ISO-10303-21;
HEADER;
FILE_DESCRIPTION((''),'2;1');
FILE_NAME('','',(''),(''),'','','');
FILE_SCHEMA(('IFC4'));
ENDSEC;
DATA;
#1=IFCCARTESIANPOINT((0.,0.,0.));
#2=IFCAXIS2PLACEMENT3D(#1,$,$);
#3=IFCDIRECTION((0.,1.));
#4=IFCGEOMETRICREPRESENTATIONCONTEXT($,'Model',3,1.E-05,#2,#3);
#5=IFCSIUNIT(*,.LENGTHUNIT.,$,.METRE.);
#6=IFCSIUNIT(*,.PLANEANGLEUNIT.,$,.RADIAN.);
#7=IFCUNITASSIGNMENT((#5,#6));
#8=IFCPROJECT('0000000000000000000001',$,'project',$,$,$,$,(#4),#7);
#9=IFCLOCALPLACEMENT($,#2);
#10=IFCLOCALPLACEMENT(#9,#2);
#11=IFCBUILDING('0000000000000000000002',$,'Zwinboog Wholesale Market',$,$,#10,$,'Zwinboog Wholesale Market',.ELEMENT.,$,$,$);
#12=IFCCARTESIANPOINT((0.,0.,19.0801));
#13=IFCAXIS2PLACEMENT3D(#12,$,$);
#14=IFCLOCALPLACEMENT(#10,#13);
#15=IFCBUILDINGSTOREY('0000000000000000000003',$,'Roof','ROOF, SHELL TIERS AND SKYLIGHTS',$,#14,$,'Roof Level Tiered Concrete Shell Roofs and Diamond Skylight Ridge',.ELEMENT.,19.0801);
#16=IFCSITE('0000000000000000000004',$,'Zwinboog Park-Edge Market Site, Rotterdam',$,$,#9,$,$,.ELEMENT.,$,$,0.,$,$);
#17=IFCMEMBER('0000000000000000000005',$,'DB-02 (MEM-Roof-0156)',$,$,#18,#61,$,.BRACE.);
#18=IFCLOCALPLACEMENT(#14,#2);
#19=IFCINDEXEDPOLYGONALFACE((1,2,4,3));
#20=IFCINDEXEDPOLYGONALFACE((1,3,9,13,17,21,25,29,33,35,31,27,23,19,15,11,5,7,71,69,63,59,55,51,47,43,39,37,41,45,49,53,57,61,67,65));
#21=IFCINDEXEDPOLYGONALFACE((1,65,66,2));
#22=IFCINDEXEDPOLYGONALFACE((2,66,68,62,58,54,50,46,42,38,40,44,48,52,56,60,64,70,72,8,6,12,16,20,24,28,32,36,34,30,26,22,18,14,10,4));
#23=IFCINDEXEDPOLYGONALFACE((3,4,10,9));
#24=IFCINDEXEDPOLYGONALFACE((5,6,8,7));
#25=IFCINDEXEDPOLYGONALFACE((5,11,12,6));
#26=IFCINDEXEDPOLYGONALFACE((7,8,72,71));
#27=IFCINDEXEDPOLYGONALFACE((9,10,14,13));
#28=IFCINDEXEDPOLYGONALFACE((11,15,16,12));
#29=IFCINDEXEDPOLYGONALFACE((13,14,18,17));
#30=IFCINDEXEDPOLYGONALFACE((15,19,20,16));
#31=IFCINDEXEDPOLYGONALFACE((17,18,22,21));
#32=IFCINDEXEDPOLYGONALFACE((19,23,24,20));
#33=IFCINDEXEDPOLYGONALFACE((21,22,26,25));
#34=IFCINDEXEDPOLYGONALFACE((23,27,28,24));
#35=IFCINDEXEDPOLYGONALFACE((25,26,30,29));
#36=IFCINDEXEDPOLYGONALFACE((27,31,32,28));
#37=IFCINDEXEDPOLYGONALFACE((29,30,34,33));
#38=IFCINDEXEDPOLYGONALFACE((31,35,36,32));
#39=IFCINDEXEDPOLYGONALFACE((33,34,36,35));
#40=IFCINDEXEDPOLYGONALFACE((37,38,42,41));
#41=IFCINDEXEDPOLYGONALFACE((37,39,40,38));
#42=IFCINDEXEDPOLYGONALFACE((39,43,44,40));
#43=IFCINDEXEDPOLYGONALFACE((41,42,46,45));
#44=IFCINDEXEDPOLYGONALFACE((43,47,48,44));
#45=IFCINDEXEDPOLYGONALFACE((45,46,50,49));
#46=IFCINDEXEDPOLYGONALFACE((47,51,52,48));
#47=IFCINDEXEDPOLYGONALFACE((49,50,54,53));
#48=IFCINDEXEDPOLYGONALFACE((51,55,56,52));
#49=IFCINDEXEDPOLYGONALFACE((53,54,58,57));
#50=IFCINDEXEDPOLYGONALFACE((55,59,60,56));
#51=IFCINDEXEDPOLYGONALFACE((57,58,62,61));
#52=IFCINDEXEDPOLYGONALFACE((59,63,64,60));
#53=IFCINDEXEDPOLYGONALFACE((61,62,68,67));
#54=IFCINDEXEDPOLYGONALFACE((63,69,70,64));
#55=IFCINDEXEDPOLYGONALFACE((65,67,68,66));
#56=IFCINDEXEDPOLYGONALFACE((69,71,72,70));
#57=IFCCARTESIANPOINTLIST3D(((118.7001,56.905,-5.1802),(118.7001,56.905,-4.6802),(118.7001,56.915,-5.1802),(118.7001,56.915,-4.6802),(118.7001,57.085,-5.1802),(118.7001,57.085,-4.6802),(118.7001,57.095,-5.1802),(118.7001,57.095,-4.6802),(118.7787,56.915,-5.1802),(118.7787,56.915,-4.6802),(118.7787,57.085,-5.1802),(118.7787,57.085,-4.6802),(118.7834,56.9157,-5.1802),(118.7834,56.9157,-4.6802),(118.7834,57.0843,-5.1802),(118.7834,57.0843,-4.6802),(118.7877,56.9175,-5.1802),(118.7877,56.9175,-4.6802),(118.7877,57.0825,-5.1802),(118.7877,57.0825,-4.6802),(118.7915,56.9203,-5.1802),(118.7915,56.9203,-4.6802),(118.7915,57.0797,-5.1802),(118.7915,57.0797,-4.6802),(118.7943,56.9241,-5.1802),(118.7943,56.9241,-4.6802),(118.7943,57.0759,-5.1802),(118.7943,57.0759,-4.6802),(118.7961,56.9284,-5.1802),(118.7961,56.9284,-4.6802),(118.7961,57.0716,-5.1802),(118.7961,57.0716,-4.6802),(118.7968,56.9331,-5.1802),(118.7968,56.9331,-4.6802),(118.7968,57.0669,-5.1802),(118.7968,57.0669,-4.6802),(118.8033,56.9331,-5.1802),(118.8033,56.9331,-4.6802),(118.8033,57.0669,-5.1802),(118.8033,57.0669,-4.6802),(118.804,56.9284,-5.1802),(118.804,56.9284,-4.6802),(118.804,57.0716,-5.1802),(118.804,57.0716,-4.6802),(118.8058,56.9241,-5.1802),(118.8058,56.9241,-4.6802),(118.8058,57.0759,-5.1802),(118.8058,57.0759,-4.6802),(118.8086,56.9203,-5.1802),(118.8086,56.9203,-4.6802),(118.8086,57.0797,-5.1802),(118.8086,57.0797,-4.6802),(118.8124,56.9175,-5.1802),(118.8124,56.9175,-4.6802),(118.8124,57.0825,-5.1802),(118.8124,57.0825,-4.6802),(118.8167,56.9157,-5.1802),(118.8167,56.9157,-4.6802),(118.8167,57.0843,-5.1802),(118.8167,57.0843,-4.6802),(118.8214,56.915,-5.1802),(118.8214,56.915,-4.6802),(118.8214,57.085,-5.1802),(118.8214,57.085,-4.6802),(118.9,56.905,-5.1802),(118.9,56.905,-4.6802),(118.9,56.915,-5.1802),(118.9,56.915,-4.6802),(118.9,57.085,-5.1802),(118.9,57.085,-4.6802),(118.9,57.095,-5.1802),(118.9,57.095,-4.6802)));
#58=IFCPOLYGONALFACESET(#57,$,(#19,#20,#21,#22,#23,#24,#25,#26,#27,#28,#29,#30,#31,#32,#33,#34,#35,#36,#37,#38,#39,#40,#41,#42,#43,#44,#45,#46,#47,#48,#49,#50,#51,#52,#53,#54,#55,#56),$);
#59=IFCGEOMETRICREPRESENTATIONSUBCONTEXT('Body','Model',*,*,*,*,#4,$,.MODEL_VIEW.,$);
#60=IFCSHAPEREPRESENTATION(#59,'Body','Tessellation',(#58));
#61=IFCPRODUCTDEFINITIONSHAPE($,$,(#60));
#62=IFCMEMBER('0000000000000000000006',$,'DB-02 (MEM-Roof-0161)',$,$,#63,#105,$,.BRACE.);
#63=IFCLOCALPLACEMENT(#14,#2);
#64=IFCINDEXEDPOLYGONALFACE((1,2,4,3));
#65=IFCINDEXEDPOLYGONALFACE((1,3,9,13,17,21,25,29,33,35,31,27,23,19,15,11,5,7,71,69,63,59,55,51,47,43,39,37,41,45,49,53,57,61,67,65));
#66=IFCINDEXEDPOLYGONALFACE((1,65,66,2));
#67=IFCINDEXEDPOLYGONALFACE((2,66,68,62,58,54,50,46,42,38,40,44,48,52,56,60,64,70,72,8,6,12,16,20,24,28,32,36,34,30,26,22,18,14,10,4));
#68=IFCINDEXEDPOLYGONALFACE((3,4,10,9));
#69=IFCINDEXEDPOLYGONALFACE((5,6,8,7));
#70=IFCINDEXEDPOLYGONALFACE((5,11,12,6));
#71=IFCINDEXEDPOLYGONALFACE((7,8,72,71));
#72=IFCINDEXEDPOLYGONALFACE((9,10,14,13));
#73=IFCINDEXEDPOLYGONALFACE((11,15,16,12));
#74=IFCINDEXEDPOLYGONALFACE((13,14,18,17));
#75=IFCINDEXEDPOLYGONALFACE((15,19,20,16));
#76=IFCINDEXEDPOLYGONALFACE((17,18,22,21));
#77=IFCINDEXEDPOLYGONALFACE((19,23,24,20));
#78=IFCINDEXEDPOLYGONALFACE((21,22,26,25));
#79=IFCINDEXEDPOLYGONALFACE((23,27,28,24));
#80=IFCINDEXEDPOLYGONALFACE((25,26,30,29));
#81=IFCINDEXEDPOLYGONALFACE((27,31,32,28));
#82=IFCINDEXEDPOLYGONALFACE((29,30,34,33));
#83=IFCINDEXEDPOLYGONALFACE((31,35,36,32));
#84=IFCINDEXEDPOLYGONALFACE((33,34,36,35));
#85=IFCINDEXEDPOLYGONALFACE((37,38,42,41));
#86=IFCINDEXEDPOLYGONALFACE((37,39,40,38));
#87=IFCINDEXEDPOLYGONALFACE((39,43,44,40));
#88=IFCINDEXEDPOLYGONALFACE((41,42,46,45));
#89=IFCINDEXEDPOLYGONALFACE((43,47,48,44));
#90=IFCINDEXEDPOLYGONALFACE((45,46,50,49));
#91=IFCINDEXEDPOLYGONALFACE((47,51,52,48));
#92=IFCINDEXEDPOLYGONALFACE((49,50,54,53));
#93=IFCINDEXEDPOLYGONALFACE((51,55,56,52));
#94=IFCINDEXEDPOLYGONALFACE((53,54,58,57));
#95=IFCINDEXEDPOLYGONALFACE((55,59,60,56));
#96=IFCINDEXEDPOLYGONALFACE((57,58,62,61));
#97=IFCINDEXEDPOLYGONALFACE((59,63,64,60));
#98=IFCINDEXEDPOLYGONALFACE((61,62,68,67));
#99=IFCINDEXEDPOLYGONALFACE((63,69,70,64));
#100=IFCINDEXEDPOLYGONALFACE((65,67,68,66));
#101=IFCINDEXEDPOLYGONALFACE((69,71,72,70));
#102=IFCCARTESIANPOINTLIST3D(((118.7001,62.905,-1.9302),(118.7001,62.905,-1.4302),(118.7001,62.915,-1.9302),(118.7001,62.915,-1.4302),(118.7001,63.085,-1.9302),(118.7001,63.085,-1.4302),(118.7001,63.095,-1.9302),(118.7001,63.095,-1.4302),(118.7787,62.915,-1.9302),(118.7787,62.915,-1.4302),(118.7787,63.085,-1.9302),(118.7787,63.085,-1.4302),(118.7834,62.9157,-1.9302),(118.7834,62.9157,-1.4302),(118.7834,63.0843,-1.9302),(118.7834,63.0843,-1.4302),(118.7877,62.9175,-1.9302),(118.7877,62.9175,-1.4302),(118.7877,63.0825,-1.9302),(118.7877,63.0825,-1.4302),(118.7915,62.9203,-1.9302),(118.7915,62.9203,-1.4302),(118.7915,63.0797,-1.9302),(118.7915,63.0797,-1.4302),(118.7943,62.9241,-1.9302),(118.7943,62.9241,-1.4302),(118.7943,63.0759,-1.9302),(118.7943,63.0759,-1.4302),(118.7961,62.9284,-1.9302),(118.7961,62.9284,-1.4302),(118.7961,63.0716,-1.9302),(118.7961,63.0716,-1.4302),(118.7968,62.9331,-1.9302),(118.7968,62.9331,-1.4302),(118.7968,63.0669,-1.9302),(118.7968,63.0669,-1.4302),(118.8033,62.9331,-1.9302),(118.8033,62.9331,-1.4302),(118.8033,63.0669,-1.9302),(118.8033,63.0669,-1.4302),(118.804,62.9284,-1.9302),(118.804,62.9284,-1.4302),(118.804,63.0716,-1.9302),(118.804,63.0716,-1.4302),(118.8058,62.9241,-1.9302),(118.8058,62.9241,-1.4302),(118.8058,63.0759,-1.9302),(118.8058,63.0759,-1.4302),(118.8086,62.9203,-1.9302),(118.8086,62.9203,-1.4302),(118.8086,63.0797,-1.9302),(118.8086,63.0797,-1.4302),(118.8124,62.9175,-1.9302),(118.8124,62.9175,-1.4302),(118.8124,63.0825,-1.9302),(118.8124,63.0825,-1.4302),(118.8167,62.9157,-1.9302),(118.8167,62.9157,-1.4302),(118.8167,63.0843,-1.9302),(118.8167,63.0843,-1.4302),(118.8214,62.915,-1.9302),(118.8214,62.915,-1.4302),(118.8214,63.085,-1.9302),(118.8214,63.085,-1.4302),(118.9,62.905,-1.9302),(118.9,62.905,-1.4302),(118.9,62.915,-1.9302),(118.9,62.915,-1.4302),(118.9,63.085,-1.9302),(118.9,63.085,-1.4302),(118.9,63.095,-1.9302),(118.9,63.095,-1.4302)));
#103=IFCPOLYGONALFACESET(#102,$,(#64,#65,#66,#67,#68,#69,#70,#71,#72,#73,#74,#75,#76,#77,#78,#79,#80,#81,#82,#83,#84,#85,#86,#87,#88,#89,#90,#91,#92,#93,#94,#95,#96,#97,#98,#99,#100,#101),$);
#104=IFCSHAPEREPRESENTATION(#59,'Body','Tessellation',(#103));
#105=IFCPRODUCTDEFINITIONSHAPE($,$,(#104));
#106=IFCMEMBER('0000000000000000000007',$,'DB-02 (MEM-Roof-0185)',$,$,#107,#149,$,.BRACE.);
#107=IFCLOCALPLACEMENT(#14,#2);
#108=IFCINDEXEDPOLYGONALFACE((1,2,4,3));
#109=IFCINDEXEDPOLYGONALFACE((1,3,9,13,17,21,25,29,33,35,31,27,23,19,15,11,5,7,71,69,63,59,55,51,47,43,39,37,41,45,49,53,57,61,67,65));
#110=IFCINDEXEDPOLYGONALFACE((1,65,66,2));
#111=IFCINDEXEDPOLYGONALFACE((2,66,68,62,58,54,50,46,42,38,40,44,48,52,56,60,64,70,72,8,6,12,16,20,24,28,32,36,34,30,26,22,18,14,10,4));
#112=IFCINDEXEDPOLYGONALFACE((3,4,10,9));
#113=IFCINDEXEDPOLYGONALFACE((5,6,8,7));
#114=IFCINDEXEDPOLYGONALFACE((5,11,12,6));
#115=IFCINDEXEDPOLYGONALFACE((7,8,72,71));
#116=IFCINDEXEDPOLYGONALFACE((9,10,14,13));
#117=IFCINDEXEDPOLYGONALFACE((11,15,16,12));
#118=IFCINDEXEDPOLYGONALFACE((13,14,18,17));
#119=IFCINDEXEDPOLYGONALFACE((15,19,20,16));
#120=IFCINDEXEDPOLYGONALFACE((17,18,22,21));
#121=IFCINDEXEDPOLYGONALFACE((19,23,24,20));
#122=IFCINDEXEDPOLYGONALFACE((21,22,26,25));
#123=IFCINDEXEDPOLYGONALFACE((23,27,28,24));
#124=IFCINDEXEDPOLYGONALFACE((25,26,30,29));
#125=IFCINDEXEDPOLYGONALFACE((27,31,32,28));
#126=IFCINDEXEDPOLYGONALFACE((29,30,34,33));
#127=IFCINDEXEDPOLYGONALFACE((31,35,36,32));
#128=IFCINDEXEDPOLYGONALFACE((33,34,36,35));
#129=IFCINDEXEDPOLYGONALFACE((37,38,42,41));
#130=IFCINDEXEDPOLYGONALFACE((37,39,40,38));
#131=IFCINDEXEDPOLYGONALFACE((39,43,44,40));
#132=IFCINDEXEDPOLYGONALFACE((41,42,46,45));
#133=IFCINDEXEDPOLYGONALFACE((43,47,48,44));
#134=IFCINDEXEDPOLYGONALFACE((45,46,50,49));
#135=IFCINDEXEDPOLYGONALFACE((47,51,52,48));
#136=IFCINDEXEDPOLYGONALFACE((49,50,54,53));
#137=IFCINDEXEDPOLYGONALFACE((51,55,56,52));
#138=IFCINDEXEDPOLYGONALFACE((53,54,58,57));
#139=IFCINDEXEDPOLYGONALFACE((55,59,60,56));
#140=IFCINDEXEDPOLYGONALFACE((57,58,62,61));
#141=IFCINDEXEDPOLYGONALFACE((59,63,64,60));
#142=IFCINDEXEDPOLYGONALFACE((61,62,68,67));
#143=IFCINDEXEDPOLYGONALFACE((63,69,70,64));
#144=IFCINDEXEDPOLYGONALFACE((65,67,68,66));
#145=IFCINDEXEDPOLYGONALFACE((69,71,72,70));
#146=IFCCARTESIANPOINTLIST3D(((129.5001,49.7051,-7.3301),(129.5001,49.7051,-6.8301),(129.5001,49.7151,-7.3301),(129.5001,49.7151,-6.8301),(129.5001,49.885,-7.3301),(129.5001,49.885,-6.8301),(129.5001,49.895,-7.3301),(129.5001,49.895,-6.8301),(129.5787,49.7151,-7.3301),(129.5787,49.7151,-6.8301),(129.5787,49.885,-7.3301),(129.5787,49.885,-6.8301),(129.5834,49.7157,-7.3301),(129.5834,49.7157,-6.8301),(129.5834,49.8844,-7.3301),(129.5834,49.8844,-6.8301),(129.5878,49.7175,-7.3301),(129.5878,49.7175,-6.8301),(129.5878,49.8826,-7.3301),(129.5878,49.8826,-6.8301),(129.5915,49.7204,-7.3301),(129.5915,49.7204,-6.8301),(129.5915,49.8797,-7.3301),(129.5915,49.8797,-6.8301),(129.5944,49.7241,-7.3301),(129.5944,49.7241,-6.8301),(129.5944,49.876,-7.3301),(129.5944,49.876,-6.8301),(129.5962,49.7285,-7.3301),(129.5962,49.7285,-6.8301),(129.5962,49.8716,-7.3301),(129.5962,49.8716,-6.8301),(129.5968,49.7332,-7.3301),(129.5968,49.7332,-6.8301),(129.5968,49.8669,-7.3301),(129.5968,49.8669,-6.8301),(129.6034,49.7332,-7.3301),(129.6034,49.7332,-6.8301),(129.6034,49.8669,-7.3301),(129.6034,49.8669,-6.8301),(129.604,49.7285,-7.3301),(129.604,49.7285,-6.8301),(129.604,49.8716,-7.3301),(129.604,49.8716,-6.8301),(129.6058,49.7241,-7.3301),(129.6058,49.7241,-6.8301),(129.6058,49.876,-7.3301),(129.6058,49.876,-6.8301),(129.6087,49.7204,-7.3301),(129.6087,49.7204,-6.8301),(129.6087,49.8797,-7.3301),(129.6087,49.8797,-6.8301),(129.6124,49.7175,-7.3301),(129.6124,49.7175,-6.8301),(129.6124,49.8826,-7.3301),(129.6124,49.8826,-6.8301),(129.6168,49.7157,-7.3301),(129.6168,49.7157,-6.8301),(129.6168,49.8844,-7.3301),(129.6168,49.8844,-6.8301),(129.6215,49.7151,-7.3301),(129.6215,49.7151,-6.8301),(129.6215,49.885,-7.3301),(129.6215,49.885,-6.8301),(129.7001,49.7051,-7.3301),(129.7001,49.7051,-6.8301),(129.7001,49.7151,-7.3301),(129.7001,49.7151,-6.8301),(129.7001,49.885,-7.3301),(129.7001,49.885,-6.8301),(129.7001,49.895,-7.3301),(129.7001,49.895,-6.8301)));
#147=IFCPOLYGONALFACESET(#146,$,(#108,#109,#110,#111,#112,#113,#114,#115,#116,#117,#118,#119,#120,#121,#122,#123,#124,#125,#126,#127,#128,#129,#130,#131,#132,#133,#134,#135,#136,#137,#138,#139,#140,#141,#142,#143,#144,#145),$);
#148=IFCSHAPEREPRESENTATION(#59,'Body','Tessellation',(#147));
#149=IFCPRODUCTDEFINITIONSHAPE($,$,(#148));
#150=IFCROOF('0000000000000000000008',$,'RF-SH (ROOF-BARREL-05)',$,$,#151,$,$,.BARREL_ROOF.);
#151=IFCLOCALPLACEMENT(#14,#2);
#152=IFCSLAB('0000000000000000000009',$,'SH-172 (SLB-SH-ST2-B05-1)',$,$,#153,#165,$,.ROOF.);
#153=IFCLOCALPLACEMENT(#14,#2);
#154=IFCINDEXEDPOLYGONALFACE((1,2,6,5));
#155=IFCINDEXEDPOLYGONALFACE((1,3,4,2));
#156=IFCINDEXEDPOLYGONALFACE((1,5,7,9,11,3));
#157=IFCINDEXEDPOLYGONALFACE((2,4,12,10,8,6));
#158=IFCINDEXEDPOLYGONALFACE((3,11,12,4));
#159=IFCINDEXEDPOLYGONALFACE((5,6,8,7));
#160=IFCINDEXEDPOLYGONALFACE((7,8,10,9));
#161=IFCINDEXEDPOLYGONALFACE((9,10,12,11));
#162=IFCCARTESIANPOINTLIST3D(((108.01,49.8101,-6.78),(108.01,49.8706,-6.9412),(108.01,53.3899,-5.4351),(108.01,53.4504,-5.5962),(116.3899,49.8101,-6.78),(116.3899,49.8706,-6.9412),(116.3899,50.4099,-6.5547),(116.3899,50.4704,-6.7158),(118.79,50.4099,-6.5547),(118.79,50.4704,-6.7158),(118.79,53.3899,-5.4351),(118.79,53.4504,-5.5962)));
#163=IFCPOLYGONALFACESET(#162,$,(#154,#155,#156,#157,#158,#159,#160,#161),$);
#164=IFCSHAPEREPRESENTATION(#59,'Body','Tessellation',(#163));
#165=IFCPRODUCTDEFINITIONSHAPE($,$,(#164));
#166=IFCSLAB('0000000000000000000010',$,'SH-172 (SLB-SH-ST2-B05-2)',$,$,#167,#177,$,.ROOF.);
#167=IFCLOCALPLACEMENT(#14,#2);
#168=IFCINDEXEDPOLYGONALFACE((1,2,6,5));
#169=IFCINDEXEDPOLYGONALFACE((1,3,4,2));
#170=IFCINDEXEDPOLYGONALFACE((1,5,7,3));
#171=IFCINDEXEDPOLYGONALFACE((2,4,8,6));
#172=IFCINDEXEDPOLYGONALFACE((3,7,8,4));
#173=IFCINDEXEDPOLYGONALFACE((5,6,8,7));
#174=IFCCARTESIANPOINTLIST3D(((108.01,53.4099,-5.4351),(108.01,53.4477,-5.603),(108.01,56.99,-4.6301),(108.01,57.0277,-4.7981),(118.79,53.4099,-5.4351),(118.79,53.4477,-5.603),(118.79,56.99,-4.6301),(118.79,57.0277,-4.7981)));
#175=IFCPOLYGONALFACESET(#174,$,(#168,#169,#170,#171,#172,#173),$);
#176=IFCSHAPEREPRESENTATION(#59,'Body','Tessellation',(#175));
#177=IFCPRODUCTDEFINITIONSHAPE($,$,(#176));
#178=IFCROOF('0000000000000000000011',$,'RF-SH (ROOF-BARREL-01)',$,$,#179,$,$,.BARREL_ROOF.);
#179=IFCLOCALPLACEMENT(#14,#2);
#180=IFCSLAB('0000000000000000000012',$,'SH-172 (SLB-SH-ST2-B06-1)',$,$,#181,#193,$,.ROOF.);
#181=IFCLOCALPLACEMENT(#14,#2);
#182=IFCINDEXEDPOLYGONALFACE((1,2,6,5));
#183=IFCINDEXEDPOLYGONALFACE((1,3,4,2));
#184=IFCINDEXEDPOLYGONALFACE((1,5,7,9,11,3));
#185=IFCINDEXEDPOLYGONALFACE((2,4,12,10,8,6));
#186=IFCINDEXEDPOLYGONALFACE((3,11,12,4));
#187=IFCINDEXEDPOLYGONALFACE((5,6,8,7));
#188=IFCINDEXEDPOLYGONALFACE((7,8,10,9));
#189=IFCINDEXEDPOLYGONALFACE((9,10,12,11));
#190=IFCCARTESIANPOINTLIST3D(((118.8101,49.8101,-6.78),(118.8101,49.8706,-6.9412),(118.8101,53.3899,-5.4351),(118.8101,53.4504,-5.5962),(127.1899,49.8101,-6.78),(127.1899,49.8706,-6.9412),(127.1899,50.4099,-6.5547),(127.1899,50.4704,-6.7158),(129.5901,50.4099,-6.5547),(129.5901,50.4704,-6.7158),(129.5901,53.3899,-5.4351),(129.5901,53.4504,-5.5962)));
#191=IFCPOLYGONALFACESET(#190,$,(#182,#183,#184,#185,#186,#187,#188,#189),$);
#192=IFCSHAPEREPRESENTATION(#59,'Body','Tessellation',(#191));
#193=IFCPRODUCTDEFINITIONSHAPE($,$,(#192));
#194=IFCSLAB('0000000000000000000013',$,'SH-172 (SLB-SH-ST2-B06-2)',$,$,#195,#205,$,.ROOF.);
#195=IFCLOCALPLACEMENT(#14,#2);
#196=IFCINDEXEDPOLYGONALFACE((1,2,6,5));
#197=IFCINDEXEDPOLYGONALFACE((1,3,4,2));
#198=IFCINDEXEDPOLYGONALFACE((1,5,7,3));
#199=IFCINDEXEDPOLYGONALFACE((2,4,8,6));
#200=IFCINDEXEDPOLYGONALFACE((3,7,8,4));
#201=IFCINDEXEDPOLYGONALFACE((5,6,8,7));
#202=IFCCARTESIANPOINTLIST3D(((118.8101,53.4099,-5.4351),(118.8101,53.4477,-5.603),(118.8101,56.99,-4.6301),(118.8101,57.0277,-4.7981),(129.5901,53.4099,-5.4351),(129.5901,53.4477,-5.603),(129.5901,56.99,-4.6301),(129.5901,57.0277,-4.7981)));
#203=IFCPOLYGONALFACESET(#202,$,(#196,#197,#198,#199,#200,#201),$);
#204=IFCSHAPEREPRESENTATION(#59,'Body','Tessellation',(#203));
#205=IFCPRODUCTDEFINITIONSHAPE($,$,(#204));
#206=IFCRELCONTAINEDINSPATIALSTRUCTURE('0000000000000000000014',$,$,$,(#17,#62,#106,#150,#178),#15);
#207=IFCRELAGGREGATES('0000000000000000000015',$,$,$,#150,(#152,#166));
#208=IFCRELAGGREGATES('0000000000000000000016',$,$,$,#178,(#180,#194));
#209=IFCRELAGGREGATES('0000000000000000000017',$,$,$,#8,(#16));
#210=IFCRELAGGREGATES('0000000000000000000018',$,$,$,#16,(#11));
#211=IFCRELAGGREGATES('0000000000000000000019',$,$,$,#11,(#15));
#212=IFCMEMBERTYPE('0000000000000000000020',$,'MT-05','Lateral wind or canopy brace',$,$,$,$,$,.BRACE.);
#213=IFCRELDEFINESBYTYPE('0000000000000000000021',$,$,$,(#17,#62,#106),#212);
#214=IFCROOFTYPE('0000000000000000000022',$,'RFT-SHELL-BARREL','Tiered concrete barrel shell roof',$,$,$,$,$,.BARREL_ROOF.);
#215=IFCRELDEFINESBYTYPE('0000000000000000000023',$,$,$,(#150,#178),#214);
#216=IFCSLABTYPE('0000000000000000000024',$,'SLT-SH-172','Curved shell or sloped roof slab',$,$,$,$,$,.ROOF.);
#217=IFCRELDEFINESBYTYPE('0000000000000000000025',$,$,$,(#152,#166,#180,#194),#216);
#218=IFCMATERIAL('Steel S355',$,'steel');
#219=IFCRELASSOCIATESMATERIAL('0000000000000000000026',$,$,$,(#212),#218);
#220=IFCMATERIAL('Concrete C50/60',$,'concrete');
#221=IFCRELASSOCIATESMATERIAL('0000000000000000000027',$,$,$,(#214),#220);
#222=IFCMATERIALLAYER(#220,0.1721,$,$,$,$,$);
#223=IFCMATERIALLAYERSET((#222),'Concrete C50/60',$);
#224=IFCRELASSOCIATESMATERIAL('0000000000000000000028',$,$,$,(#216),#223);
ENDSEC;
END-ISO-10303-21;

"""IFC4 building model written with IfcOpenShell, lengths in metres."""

from ifc_helpers import new_model, si_unit, direction, frame, origin, origin_2d, place, context, subcontext, project, spatial, polyline, i_section, outline, extrude, material, layer, layer_set, material_profile, profile_set, type_object, element, aggregate, save


model = new_model("IFC4")

# Units and contexts
model_context = context("Model", 3, precision=1e-05, world=origin(), true_north=direction((0.0, 1.0)))
body_context = subcontext(model_context, "Body", "Model", "MODEL_VIEW")
ifc_project = project(units=[si_unit("LENGTHUNIT", "METRE"), si_unit("PLANEANGLEUNIT", "RADIAN")], contexts=[model_context])

# Site, building, storey
site_placement = place(None, origin())
site = spatial("IfcSite", under=ifc_project, at=site_placement, Name="Zwinboog Park-Edge Market Site, Rotterdam", CompositionType="ELEMENT", RefElevation=0.0)
building_placement = place(site_placement, origin())
building = spatial("IfcBuilding", under=site, at=building_placement, Name="Zwinboog Wholesale Market", LongName="Zwinboog Wholesale Market", CompositionType="ELEMENT")
storey_placement = place(building_placement, frame((0.0, 0.0, 19.0801)))
storey = spatial("IfcBuildingStorey", under=building, at=storey_placement, Name="Roof", Description="ROOF, SHELL TIERS AND SKYLIGHTS", LongName="Roof Level Tiered Concrete Shell Roofs and Diamond Skylight Ridge", CompositionType="ELEMENT", Elevation=19.0801)

# Members
ifc_material_1 = material(Name="Steel S355", Category="steel")
ifc_material_profile_1 = material_profile(ifc_material_1, i_section(OverallWidth=0.2, OverallDepth=0.1899, WebThickness=0.0066, FlangeThickness=0.01, FilletRadius=0.0181, at=origin_2d()), Name="HEA 200")
ifc_profile_set_1 = profile_set([ifc_material_profile_1], Name="Steel S355")
member_type_1 = type_object("IfcMemberType", Name="MT-05", Description="Lateral wind or canopy brace", PredefinedType="BRACE", material=ifc_profile_set_1)
for number, where, z_axis, x_axis, name in (
    (1, (118.8, 57.0, -5.1802), (0.0, 0.0, 1.0), (1.0, 0.0, 0.0), "DB-02 (MEM-Roof-0156)"),
    (2, (118.8, 63.0, -1.9302), (0.0, 0.0, 1.0), (1.0, 0.0, 0.0), "DB-02 (MEM-Roof-0161)"),
    (3, (129.6001, 49.8, -7.3301), (0.0, 0.0, 1.0), (1.0, 0.0, 0.0), "DB-02 (MEM-Roof-0185)"),
):
    element("IfcMember", number, at=place(storey_placement, frame(where, z_axis=z_axis, x_axis=x_axis)), inside=storey, type_object=member_type_1, Name=name, PredefinedType="BRACE", context=body_context, shape_type="SweptSolid", body=[
        extrude(i_section(OverallWidth=0.2, OverallDepth=0.1899, WebThickness=0.0066, FlangeThickness=0.01, FilletRadius=0.0181, at=origin_2d()), origin(), (0.0, 0.0, 1.0), 0.5),
    ])

# Roofs, slabs
ifc_material_2 = material(Name="Concrete C50/60", Category="concrete")
roof_type = type_object("IfcRoofType", Name="RFT-SHELL-BARREL", Description="Tiered concrete barrel shell roof", PredefinedType="BARREL_ROOF", material=ifc_material_2)
roof_1_placement = place(storey_placement, origin())
roof_1 = element("IfcRoof", 4, at=roof_1_placement, inside=storey, type_object=roof_type, Name="RF-SH (ROOF-BARREL-05)", PredefinedType="BARREL_ROOF")
ifc_layer_1 = layer(ifc_material_2, 0.1721)
ifc_layer_set_1 = layer_set([ifc_layer_1], Name="Concrete C50/60")
slab_type_1 = type_object("IfcSlabType", Name="SLT-SH-172", Description="Curved shell or sloped roof slab", PredefinedType="ROOF", material=ifc_layer_set_1)
slab_1_placement = place(storey_placement, frame((108.01, 49.8101, -6.78), z_axis=(0.000001, -0.351706, 0.936111), x_axis=(1.0, 0.0, -0.000001)))
slab_1 = element("IfcSlab", 5, at=slab_1_placement, type_object=slab_type_1, Name="SH-172 (SLB-SH-ST2-B05-1)", PredefinedType="ROOF", context=body_context, shape_type="SweptSolid", body=[
    extrude(outline(polyline([(0.0, 0.0), (8.3799, 0.0), (8.3799, 0.6408), (10.78, 0.6408), (10.78, 3.8242), (0.0, 3.8242), (0.0, 0.0)])), origin(), (0.0, 0.0, -1.0), 0.1721),
])
slab_2_placement = place(storey_placement, frame((108.01, 53.4099, -5.4351), z_axis=(0.0, -0.21936, 0.975644), x_axis=(1.0, 0.0, 0.0)))
slab_2 = element("IfcSlab", 6, at=slab_2_placement, type_object=slab_type_1, Name="SH-172 (SLB-SH-ST2-B05-2)", PredefinedType="ROOF", context=body_context, shape_type="SweptSolid", body=[
    extrude(outline(polyline([(0.0, 0.0), (10.78, 0.0), (10.78, 3.6695), (0.0, 3.6695), (0.0, 0.0)])), origin(), (0.0, 0.0, -1.0), 0.1721),
])
roof_2_placement = place(storey_placement, origin())
roof_2 = element("IfcRoof", 7, at=roof_2_placement, inside=storey, type_object=roof_type, Name="RF-SH (ROOF-BARREL-01)", PredefinedType="BARREL_ROOF")
slab_3_placement = place(storey_placement, frame((118.8101, 49.8101, -6.78), z_axis=(0.000001, -0.351706, 0.936111), x_axis=(1.0, 0.0, -0.000001)))
slab_3 = element("IfcSlab", 8, at=slab_3_placement, type_object=slab_type_1, Name="SH-172 (SLB-SH-ST2-B06-1)", PredefinedType="ROOF", context=body_context, shape_type="SweptSolid", body=[
    extrude(outline(polyline([(0.0, 0.0), (8.3799, 0.0), (8.3799, 0.6408), (10.78, 0.6408), (10.78, 3.8242), (0.0, 3.8242), (0.0, 0.0)])), origin(), (0.0, 0.0, -1.0), 0.1721),
])
slab_4_placement = place(storey_placement, frame((118.8101, 53.4099, -5.4351), z_axis=(0.0, -0.21936, 0.975644), x_axis=(1.0, 0.0, 0.0)))
slab_4 = element("IfcSlab", 9, at=slab_4_placement, type_object=slab_type_1, Name="SH-172 (SLB-SH-ST2-B06-2)", PredefinedType="ROOF", context=body_context, shape_type="SweptSolid", body=[
    extrude(outline(polyline([(0.0, 0.0), (10.78, 0.0), (10.78, 3.6695), (0.0, 3.6695), (0.0, 0.0)])), origin(), (0.0, 0.0, -1.0), 0.1721),
])

aggregate(roof_1, [slab_1, slab_2])
aggregate(roof_2, [slab_3, slab_4])

save(model, "model.ifc")
